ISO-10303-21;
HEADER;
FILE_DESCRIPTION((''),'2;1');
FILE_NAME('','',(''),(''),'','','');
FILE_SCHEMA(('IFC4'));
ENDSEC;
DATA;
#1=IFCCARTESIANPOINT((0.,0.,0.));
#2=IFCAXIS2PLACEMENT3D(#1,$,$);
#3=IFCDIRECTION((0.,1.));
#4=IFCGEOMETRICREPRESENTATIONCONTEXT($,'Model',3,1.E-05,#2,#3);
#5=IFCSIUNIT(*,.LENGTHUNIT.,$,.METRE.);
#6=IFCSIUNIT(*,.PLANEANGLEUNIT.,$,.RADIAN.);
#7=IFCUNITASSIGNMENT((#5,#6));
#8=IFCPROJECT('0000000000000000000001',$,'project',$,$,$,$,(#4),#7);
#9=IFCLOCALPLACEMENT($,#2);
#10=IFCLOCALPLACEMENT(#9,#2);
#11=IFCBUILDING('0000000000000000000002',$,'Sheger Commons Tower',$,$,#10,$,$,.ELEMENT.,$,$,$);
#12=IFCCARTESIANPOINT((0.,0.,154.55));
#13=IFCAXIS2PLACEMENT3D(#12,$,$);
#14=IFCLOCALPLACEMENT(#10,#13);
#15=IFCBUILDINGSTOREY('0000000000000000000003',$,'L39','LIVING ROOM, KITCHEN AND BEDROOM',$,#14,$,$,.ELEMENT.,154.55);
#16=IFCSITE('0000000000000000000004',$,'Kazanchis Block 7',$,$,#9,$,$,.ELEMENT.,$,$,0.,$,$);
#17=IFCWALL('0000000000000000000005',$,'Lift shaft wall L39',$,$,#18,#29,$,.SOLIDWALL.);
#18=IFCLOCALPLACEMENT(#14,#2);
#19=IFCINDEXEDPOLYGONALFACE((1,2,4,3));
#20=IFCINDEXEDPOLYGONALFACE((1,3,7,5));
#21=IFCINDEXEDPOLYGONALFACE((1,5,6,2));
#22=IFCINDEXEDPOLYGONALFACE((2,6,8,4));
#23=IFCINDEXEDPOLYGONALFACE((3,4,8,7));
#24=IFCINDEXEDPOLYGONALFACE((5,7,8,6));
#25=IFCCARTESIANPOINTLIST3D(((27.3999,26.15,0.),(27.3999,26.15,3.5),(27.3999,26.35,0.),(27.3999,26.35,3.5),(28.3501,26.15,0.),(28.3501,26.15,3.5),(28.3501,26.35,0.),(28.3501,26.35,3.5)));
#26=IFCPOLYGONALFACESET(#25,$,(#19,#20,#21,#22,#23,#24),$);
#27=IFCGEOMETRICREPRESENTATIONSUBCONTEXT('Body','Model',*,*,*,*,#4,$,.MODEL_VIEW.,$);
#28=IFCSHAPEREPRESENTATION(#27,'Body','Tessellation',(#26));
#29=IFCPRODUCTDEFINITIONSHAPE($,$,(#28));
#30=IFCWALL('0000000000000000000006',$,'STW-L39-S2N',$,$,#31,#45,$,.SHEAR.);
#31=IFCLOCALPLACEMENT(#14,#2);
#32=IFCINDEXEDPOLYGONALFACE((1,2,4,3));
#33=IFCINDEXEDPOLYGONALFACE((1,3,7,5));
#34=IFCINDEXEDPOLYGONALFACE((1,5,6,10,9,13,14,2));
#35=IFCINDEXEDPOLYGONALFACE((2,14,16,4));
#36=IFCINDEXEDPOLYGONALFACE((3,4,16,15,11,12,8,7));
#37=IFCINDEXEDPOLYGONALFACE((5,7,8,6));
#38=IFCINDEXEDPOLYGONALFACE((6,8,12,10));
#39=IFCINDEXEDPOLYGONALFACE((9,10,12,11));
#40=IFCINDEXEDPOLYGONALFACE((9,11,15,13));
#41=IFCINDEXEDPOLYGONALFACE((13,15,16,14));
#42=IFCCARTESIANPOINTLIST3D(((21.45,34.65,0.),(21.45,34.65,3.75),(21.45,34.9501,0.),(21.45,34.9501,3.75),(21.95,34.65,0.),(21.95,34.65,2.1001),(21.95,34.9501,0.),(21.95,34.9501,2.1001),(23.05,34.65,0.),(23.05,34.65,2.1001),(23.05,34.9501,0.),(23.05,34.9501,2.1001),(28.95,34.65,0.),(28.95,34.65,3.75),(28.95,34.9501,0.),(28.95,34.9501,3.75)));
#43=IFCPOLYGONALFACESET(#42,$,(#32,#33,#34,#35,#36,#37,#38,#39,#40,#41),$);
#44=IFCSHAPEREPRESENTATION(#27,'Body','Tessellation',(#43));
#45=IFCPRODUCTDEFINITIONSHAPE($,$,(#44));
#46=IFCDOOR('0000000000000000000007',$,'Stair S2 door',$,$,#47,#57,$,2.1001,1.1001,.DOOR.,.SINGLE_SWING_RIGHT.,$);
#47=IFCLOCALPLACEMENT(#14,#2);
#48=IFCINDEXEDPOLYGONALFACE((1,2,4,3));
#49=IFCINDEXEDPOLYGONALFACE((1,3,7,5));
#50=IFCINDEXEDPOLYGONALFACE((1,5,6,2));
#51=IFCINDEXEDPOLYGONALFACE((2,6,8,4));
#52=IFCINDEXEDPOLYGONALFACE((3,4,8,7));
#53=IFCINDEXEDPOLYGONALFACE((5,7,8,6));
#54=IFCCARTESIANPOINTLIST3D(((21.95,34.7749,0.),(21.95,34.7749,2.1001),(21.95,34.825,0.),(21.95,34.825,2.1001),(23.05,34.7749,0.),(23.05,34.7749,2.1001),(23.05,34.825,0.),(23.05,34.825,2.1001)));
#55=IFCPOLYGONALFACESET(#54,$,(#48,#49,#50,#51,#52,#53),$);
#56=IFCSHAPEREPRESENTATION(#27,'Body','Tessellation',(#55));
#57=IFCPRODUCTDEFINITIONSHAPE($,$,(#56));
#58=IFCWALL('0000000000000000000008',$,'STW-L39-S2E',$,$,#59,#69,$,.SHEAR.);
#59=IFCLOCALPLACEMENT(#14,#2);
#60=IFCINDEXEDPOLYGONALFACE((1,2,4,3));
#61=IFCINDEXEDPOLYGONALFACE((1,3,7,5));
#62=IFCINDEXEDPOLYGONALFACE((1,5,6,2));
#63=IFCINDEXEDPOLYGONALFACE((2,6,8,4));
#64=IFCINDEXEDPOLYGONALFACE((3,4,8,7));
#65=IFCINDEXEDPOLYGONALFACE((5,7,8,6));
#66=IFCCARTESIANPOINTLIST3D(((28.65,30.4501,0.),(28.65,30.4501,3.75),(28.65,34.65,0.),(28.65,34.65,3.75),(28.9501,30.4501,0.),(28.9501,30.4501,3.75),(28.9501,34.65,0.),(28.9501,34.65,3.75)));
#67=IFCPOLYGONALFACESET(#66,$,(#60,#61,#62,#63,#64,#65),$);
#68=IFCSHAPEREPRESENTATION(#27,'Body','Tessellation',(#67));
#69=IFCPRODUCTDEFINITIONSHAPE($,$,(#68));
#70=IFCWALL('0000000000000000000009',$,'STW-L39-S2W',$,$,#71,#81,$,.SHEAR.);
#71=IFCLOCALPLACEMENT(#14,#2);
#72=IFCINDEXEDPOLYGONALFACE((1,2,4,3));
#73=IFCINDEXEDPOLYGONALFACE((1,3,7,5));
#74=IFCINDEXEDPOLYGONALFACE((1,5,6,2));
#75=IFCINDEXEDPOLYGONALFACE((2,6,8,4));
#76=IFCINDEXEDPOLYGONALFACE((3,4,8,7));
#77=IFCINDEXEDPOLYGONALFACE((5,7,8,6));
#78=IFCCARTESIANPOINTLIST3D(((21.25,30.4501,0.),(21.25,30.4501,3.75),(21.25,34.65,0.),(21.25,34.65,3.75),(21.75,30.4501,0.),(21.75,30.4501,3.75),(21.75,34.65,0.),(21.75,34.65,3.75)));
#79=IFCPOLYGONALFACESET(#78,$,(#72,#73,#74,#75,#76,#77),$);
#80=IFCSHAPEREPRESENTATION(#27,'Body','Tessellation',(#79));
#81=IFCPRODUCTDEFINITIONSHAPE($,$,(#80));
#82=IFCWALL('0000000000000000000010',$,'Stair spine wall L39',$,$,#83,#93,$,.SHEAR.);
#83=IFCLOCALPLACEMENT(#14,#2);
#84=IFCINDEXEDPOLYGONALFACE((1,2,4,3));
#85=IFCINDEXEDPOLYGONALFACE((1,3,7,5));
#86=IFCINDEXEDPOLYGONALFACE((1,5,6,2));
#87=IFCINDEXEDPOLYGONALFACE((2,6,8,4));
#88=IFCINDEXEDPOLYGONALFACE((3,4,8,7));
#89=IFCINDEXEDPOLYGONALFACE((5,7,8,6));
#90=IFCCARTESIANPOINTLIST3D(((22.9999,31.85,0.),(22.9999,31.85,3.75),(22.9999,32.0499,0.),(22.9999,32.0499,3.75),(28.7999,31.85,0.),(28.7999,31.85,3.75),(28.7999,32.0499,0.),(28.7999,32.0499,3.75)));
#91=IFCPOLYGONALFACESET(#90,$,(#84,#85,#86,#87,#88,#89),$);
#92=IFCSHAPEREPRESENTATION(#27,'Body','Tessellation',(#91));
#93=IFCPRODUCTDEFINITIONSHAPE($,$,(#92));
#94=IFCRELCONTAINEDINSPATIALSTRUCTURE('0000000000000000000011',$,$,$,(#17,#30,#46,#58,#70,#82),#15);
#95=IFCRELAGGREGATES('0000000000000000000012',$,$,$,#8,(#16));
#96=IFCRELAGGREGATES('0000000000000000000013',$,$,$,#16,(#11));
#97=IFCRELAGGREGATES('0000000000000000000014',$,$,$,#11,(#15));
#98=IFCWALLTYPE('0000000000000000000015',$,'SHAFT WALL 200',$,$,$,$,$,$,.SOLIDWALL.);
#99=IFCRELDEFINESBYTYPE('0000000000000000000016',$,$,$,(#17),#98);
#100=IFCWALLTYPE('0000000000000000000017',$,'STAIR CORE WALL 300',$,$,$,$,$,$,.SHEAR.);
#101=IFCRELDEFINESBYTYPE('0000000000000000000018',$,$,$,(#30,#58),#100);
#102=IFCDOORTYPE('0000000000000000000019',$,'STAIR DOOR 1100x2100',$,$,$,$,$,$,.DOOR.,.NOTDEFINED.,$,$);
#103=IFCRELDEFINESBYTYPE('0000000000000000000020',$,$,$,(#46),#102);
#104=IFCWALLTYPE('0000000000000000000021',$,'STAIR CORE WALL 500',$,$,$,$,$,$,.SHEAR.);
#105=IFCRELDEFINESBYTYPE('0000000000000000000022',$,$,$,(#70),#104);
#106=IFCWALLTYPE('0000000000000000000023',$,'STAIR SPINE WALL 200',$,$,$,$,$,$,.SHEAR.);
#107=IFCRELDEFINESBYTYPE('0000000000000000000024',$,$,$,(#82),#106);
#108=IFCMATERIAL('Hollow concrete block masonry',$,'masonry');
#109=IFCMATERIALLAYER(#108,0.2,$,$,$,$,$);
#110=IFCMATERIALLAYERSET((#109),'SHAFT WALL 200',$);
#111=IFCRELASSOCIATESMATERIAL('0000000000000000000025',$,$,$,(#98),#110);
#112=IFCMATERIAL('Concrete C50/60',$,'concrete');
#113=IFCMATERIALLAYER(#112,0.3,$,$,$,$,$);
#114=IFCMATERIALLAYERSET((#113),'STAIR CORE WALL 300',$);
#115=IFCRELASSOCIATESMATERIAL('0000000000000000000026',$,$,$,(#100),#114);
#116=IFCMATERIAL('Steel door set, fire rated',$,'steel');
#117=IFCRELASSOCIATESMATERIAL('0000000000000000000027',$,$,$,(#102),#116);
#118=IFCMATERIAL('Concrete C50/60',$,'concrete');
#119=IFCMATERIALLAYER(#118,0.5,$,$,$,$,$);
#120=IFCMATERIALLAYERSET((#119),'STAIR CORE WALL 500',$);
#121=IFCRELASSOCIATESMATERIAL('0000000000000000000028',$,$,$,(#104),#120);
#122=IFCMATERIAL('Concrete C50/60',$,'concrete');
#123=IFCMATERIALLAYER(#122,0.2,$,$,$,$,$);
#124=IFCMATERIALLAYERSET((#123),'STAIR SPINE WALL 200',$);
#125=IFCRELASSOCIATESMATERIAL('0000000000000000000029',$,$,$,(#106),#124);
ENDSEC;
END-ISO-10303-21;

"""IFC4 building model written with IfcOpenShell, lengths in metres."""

from ifc_helpers import new_model, si_unit, direction, frame, frame_2d, origin, place, context, subcontext, project, spatial, rectangle, extrude, material, layer, layer_set, type_object, element, fill, save


model = new_model("IFC4")

# Units and contexts
model_context = context("Model", 3, precision=1e-05, world=origin(), true_north=direction((0.0, 1.0)))
body_context = subcontext(model_context, "Body", "Model", "MODEL_VIEW")
ifc_project = project(units=[si_unit("LENGTHUNIT", "METRE"), si_unit("PLANEANGLEUNIT", "RADIAN")], contexts=[model_context])

# Site, building, storey
site_placement = place(None, origin())
site = spatial("IfcSite", under=ifc_project, at=site_placement, Name="Kazanchis Block 7", CompositionType="ELEMENT", RefElevation=0.0)
building_placement = place(site_placement, origin())
building = spatial("IfcBuilding", under=site, at=building_placement, Name="Sheger Commons Tower", CompositionType="ELEMENT")
storey_placement = place(building_placement, frame((0.0, 0.0, 154.55)))
storey = spatial("IfcBuildingStorey", under=building, at=storey_placement, Name="L39", Description="LIVING ROOM, KITCHEN AND BEDROOM", CompositionType="ELEMENT", Elevation=154.55)

# Wall
ifc_material_1 = material(Name="Hollow concrete block masonry", Category="masonry")
ifc_layer_1 = layer(ifc_material_1, 0.2)
ifc_layer_set_1 = layer_set([ifc_layer_1], Name="SHAFT WALL 200")
wall_type_1 = type_object("IfcWallType", Name="SHAFT WALL 200", PredefinedType="SOLIDWALL", material=ifc_layer_set_1)
wall_1_placement = place(storey_placement, frame((27.3999, 26.25, 0.0), z_axis=(0.0, 0.0, 1.0), x_axis=(1.0, 0.0, 0.0)))
element("IfcWall", 1, at=wall_1_placement, inside=storey, type_object=wall_type_1, Name="Lift shaft wall L39", PredefinedType="SOLIDWALL", context=body_context, shape_type="SweptSolid", body=[
    extrude(rectangle(XDim=0.9502, YDim=0.2, at=frame_2d((0.4751, 0.0))), origin(), (0.0, 0.0, 1.0), 3.5),
])

# Wall, opening, door
ifc_material_2 = material(Name="Concrete C50/60", Category="concrete")
ifc_layer_2 = layer(ifc_material_2, 0.3)
ifc_layer_set_2 = layer_set([ifc_layer_2], Name="STAIR CORE WALL 300")
wall_type_2 = type_object("IfcWallType", Name="STAIR CORE WALL 300", PredefinedType="SHEAR", material=ifc_layer_set_2)
wall_2_placement = place(storey_placement, frame((21.45, 34.8, 0.0), z_axis=(0.0, 0.0, 1.0), x_axis=(1.0, 0.0, 0.0)))
wall_2 = element("IfcWall", 2, at=wall_2_placement, inside=storey, type_object=wall_type_2, Name="STW-L39-S2N", PredefinedType="SHEAR", context=body_context, shape_type="SweptSolid", body=[
    extrude(rectangle(XDim=7.5, YDim=0.3, at=frame_2d((3.75, 0.0))), origin(), (0.0, 0.0, 1.0), 3.75),
])
opening_1_placement = place(wall_2_placement, frame((0.5, 0.0, 0.0)))
opening_1 = element("IfcOpeningElement", 3, at=opening_1_placement, cuts=wall_2, PredefinedType="OPENING", context=body_context, shape_type="SweptSolid", body=[
    extrude(rectangle(XDim=1.1001, YDim=2.1001, at=frame_2d((0.55, 1.05))), frame((0.0, 0.1599, 0.0), z_axis=(0.0, -1.0, 0.0), x_axis=(1.0, 0.0, 0.0)), (0.0, 0.0, 1.0), 0.3201),
])
ifc_material_3 = material(Name="Steel door set, fire rated", Category="steel")
door_type_1 = type_object("IfcDoorType", Name="STAIR DOOR 1100x2100", OperationType="NOTDEFINED", PredefinedType="DOOR", material=ifc_material_3)
door_1_placement = place(opening_1_placement, origin())
door_1 = element("IfcDoor", 4, at=door_1_placement, inside=storey, type_object=door_type_1, Name="Stair S2 door", OperationType="SINGLE_SWING_RIGHT", OverallHeight=2.1001, OverallWidth=1.1001, PredefinedType="DOOR", context=body_context, shape_type="SweptSolid", body=[
    extrude(rectangle(XDim=1.1001, YDim=2.1001, at=frame_2d((0.55, 1.05))), frame((0.0, 0.0249, 0.0), z_axis=(0.0, -1.0, 0.0), x_axis=(1.0, 0.0, 0.0)), (0.0, 0.0, 1.0), 0.05),
])
fill(opening_1, door_1)

# Walls
wall_3_placement = place(storey_placement, frame((28.8, 30.45, 0.0), z_axis=(0.0, 0.0, 1.0), x_axis=(0.0, 1.0, 0.0)))
element("IfcWall", 5, at=wall_3_placement, inside=storey, type_object=wall_type_2, Name="STW-L39-S2E", PredefinedType="SHEAR", context=body_context, shape_type="SweptSolid", body=[
    extrude(rectangle(XDim=4.2, YDim=0.3, at=frame_2d((2.1001, 0.0))), origin(), (0.0, 0.0, 1.0), 3.75),
])
ifc_material_4 = material(Name="Concrete C50/60", Category="concrete")
ifc_layer_3 = layer(ifc_material_4, 0.5)
ifc_layer_set_3 = layer_set([ifc_layer_3], Name="STAIR CORE WALL 500")
wall_type_3 = type_object("IfcWallType", Name="STAIR CORE WALL 500", PredefinedType="SHEAR", material=ifc_layer_set_3)
wall_4_placement = place(storey_placement, frame((21.5, 30.45, 0.0), z_axis=(0.0, 0.0, 1.0), x_axis=(0.0, 1.0, 0.0)))
element("IfcWall", 6, at=wall_4_placement, inside=storey, type_object=wall_type_3, Name="STW-L39-S2W", PredefinedType="SHEAR", context=body_context, shape_type="SweptSolid", body=[
    extrude(rectangle(XDim=4.2, YDim=0.5, at=frame_2d((2.1001, 0.0))), origin(), (0.0, 0.0, 1.0), 3.75),
])
ifc_material_5 = material(Name="Concrete C50/60", Category="concrete")
ifc_layer_4 = layer(ifc_material_5, 0.2)
ifc_layer_set_4 = layer_set([ifc_layer_4], Name="STAIR SPINE WALL 200")
wall_type_4 = type_object("IfcWallType", Name="STAIR SPINE WALL 200", PredefinedType="SHEAR", material=ifc_layer_set_4)
wall_5_placement = place(storey_placement, frame((23.0, 31.95, 0.0), z_axis=(0.0, 0.0, 1.0), x_axis=(1.0, 0.0, 0.0)))
element("IfcWall", 7, at=wall_5_placement, inside=storey, type_object=wall_type_4, Name="Stair spine wall L39", PredefinedType="SHEAR", context=body_context, shape_type="SweptSolid", body=[
    extrude(rectangle(XDim=5.8, YDim=0.2, at=frame_2d((2.8999, 0.0))), origin(), (0.0, 0.0, 1.0), 3.75),
])

save(model, "model.ifc")
